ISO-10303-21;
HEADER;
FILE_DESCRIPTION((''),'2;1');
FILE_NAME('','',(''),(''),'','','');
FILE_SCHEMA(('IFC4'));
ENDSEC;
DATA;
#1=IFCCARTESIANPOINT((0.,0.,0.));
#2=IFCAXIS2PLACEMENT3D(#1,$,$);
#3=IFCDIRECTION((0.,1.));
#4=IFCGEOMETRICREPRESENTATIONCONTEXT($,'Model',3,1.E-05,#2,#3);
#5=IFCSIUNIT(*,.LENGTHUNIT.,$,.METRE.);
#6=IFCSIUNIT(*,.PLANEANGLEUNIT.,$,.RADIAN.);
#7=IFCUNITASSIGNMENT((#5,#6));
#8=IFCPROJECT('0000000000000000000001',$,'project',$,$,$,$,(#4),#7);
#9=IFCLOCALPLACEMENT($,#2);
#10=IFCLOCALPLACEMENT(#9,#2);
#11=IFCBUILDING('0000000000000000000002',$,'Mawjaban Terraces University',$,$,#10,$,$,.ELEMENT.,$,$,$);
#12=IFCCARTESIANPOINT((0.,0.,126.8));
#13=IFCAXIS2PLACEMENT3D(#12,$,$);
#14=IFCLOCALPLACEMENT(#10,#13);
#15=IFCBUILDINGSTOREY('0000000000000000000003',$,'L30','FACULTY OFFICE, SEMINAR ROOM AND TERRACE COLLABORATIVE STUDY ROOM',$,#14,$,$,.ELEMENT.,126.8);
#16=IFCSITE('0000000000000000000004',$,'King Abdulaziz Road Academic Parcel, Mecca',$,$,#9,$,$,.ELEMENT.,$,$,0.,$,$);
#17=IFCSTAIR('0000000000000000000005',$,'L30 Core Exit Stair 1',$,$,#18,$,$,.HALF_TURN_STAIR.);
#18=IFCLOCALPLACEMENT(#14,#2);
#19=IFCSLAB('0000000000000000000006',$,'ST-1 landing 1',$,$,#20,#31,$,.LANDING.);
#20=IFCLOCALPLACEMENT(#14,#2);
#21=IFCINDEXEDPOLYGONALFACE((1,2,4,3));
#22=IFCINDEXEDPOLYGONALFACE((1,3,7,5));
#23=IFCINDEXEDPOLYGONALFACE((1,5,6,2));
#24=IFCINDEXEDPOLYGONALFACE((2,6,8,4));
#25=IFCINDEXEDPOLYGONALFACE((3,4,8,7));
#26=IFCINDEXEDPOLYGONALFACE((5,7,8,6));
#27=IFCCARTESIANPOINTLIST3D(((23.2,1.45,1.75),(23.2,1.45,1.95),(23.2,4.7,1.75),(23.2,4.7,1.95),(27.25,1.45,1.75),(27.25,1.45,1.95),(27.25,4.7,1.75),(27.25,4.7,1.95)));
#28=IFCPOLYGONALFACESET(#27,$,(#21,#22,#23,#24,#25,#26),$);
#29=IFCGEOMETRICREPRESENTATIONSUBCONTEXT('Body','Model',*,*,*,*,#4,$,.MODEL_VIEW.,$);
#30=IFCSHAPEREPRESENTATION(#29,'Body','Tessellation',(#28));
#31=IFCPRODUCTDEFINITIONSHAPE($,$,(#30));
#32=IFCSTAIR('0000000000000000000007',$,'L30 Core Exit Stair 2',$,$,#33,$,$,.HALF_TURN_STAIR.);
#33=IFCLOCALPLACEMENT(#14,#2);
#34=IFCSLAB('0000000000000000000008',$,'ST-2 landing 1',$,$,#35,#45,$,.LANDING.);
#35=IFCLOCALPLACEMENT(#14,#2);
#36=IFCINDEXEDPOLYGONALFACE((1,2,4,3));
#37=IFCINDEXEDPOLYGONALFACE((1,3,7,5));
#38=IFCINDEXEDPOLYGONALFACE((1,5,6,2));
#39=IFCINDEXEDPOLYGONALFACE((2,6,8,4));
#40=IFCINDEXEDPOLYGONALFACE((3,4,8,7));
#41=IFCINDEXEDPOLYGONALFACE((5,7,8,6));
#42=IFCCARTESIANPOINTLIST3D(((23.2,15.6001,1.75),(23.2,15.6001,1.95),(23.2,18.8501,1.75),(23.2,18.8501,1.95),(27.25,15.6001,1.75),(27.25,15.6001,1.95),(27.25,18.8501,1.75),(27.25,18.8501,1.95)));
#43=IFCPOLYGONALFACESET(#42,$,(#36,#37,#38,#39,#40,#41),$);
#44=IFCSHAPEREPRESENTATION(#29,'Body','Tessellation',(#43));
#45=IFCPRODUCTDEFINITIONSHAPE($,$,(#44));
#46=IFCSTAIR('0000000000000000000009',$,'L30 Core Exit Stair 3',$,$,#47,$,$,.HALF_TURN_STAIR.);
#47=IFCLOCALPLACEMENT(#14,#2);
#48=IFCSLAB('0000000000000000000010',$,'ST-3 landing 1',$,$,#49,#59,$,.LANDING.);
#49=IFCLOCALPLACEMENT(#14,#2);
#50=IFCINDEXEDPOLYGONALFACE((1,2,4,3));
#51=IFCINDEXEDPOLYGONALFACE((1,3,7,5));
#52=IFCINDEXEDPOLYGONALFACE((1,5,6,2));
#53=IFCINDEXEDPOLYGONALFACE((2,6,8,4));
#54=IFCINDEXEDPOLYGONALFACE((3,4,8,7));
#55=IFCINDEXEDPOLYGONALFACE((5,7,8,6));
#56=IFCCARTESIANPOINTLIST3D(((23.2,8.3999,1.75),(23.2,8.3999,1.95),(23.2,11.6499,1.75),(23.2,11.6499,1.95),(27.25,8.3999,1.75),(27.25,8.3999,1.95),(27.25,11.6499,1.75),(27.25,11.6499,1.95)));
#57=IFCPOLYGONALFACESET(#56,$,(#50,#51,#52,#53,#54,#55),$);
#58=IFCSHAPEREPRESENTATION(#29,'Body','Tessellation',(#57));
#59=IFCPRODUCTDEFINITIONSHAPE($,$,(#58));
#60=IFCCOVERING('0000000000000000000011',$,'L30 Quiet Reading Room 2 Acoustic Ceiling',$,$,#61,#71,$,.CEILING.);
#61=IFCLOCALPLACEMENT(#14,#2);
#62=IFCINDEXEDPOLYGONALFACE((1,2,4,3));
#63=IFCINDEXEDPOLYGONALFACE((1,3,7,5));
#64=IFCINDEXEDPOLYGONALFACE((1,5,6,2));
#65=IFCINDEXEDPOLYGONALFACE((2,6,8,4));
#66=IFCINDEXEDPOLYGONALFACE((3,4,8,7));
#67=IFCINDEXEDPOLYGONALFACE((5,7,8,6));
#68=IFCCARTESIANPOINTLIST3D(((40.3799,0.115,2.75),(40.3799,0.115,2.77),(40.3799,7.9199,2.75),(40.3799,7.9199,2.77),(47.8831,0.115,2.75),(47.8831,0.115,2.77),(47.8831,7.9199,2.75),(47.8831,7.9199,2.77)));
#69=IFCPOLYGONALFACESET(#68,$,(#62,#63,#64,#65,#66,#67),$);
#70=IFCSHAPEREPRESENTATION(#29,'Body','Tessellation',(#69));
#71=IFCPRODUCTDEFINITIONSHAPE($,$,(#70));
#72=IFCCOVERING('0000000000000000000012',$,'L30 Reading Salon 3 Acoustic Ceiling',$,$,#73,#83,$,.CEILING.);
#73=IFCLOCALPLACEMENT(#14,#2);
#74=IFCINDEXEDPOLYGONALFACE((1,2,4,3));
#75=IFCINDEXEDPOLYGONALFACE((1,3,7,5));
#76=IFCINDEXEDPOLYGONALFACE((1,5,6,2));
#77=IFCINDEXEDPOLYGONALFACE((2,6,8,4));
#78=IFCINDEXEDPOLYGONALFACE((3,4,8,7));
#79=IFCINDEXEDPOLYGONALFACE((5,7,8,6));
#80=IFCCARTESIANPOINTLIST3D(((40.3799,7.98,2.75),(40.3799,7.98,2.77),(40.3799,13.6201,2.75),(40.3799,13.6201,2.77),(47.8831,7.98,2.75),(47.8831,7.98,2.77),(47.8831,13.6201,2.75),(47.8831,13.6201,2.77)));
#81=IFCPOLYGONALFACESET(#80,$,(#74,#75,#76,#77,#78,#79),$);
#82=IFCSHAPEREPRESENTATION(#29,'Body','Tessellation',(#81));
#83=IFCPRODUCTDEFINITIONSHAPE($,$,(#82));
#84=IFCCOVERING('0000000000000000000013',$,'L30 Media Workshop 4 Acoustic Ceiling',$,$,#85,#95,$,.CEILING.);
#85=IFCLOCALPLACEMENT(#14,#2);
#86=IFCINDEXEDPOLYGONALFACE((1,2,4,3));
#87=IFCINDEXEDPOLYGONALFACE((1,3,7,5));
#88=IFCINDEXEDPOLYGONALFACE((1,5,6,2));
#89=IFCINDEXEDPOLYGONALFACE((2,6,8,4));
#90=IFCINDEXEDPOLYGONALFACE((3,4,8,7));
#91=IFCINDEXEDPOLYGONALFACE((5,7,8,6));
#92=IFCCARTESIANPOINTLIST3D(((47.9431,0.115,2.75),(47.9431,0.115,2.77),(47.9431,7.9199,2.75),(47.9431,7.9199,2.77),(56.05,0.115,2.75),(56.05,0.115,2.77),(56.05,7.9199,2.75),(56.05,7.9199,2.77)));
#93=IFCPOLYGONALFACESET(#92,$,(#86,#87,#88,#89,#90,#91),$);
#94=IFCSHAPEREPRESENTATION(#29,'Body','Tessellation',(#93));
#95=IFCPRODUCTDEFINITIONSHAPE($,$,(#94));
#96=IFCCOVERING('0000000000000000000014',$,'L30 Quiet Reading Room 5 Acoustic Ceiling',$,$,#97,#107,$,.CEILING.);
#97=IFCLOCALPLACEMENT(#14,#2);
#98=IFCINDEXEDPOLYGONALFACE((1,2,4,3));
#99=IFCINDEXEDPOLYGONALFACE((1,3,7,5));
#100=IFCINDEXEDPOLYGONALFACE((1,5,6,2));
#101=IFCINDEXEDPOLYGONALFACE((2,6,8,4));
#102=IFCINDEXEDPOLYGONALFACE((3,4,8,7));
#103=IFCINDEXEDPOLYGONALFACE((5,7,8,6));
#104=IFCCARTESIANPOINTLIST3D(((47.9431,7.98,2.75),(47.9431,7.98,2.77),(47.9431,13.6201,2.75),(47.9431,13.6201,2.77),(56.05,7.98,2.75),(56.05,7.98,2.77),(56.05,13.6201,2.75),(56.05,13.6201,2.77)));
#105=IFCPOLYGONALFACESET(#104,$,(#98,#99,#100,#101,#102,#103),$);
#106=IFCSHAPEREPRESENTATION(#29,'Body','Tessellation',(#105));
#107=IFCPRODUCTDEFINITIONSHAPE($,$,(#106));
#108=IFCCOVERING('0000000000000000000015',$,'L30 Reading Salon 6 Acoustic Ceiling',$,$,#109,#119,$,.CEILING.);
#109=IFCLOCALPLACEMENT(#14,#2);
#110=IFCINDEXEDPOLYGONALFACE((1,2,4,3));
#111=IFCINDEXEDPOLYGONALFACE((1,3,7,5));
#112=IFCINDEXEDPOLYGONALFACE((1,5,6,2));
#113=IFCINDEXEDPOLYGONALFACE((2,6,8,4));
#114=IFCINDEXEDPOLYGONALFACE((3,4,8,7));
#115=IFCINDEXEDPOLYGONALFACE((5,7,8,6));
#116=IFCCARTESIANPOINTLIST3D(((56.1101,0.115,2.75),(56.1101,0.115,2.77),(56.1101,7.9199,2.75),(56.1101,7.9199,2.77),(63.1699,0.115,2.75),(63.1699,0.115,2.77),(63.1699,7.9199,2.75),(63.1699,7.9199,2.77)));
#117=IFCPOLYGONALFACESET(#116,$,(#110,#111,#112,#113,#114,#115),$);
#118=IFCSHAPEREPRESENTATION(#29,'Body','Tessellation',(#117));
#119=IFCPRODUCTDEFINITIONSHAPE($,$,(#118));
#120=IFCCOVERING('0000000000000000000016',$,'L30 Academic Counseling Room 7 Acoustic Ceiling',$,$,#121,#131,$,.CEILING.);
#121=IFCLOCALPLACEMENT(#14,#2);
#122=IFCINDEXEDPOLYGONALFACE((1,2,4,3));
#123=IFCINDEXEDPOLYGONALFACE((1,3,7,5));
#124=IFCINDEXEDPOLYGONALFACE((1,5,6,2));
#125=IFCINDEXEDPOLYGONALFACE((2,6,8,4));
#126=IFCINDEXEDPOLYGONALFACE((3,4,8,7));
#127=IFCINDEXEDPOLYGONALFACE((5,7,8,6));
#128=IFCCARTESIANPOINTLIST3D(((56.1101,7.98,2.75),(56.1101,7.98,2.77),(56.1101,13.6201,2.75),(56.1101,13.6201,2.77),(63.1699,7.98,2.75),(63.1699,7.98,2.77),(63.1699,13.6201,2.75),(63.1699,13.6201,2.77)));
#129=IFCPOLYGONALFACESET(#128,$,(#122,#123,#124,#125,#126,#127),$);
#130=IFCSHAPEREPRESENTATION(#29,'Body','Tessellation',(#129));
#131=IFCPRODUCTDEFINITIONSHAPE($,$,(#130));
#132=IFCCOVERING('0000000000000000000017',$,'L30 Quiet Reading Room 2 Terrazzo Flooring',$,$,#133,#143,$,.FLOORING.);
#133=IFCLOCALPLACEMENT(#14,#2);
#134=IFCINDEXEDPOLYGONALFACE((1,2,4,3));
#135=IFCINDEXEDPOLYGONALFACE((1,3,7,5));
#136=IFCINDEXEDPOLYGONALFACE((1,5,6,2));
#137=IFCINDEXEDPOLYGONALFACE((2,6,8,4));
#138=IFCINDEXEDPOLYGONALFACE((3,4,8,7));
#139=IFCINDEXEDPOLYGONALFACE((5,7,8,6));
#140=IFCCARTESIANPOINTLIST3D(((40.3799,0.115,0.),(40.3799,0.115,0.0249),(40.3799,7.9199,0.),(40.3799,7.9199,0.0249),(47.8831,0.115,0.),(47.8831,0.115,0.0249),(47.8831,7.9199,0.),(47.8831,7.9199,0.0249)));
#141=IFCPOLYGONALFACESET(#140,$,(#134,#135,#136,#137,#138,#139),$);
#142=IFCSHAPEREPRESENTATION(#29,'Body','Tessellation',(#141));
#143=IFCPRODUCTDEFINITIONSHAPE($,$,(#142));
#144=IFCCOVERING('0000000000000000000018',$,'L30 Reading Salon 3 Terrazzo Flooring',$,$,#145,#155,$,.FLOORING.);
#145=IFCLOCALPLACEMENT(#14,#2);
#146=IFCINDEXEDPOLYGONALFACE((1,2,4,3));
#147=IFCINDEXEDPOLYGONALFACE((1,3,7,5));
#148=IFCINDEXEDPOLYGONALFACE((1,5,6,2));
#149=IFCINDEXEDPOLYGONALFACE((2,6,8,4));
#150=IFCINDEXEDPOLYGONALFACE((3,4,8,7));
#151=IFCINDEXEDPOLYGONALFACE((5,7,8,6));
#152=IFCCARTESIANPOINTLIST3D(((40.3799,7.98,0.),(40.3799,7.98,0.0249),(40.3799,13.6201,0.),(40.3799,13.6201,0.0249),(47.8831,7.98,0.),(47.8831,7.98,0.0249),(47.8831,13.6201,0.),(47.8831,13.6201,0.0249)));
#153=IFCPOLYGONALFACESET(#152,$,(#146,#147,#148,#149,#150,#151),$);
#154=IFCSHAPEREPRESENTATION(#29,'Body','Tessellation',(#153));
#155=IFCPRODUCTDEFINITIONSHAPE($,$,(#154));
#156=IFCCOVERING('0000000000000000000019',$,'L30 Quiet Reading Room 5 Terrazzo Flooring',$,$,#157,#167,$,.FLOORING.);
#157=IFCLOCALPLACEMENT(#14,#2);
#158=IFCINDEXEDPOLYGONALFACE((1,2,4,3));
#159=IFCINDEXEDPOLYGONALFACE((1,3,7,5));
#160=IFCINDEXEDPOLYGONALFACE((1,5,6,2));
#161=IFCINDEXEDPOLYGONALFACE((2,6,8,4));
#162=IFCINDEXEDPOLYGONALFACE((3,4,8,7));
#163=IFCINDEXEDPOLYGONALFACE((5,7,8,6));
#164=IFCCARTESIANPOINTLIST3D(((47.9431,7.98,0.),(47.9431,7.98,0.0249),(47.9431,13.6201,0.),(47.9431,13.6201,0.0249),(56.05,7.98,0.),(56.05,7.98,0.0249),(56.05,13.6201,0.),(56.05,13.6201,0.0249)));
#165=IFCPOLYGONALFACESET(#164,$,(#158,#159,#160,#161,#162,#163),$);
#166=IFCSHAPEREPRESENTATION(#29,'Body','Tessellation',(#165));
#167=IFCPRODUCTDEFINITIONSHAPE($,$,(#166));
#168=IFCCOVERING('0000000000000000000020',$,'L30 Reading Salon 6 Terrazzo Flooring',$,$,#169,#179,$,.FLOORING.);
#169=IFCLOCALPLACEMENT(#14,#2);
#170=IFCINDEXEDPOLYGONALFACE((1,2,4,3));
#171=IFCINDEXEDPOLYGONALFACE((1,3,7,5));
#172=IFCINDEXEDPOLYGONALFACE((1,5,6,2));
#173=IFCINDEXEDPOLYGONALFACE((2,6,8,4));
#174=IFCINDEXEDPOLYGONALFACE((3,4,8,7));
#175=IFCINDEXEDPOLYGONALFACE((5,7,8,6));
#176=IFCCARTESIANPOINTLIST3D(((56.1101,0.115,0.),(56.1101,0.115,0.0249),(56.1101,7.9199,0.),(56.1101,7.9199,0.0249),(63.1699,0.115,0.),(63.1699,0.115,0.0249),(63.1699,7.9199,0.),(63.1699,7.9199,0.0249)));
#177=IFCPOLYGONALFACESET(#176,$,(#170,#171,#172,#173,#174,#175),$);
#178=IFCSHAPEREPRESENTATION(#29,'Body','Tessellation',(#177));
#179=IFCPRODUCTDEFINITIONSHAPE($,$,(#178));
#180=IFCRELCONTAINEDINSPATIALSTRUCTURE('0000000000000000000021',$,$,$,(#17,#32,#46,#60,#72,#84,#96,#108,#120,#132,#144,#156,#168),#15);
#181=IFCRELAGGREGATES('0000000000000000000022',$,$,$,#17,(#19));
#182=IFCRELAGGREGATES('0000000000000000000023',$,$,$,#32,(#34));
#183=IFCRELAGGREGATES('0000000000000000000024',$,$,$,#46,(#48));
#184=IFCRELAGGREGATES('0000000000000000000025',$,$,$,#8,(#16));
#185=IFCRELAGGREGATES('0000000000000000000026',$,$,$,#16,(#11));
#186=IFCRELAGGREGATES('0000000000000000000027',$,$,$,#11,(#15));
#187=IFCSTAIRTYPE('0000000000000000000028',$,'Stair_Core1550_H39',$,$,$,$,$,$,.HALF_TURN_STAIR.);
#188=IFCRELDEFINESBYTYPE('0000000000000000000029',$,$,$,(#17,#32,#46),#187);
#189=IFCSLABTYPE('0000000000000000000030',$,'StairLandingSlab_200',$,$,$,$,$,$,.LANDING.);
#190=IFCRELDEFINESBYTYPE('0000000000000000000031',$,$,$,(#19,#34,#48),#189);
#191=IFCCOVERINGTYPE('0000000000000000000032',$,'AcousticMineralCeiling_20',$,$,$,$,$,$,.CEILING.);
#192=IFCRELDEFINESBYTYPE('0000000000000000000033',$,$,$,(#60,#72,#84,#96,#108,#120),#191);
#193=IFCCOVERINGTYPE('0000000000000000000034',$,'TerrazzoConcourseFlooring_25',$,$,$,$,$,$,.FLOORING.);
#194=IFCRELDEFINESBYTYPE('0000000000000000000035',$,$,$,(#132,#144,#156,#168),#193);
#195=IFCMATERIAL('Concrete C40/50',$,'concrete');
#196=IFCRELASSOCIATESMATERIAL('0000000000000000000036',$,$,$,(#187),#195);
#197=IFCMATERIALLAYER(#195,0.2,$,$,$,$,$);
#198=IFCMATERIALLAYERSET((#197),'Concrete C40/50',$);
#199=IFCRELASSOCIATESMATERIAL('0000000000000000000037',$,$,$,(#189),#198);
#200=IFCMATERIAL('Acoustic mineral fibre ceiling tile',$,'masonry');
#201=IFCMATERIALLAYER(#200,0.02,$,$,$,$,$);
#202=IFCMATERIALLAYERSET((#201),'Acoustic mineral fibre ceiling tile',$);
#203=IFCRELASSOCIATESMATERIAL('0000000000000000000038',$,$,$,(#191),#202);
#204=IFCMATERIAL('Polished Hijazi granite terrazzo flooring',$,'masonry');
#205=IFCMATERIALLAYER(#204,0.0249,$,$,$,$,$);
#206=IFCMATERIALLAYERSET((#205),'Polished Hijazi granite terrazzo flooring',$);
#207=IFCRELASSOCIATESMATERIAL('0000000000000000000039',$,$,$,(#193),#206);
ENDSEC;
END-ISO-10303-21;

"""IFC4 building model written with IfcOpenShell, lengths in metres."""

from ifc_helpers import new_model, si_unit, direction, frame, origin, place, context, subcontext, project, spatial, polyline, outline, extrude, material, layer, layer_set, type_object, element, aggregate, save


model = new_model("IFC4")

# Units and contexts
model_context = context("Model", 3, precision=1e-05, world=origin(), true_north=direction((0.0, 1.0)))
body_context = subcontext(model_context, "Body", "Model", "MODEL_VIEW")
ifc_project = project(units=[si_unit("LENGTHUNIT", "METRE"), si_unit("PLANEANGLEUNIT", "RADIAN")], contexts=[model_context])

# Site, building, storey
site_placement = place(None, origin())
site = spatial("IfcSite", under=ifc_project, at=site_placement, Name="King Abdulaziz Road Academic Parcel, Mecca", CompositionType="ELEMENT", RefElevation=0.0)
building_placement = place(site_placement, origin())
building = spatial("IfcBuilding", under=site, at=building_placement, Name="Mawjaban Terraces University", CompositionType="ELEMENT")
storey_placement = place(building_placement, frame((0.0, 0.0, 126.8)))
storey = spatial("IfcBuildingStorey", under=building, at=storey_placement, Name="L30", Description="FACULTY OFFICE, SEMINAR ROOM AND TERRACE COLLABORATIVE STUDY ROOM", CompositionType="ELEMENT", Elevation=126.8)

# Shared definitions
ifc_material_1 = material(Name="Concrete C40/50", Category="concrete")

# Stairs, slabs
stair_type = type_object("IfcStairType", Name="Stair_Core1550_H39", PredefinedType="HALF_TURN_STAIR", material=ifc_material_1)
stair_1_placement = place(storey_placement, origin())
stair_1 = element("IfcStair", 1, at=stair_1_placement, inside=storey, type_object=stair_type, Name="L30 Core Exit Stair 1", PredefinedType="HALF_TURN_STAIR")
ifc_layer_1 = layer(ifc_material_1, 0.2)
ifc_layer_set_1 = layer_set([ifc_layer_1], Name="Concrete C40/50")
slab_type_1 = type_object("IfcSlabType", Name="StairLandingSlab_200", PredefinedType="LANDING", material=ifc_layer_set_1)
slab_1_placement = place(storey_placement, frame((0.0, 0.0, 1.75)))
slab_1 = element("IfcSlab", 2, at=slab_1_placement, type_object=slab_type_1, Name="ST-1 landing 1", PredefinedType="LANDING", context=body_context, shape_type="SweptSolid", body=[
    extrude(outline(polyline([(27.25, 4.7), (23.2, 4.7), (23.2, 1.45), (27.25, 1.45), (27.25, 4.7)])), origin(), (0.0, 0.0, 1.0), 0.2),
])
aggregate(stair_1, [slab_1])
stair_2_placement = place(storey_placement, origin())
stair_2 = element("IfcStair", 3, at=stair_2_placement, inside=storey, type_object=stair_type, Name="L30 Core Exit Stair 2", PredefinedType="HALF_TURN_STAIR")
slab_2_placement = place(storey_placement, frame((0.0, 0.0, 1.75)))
slab_2 = element("IfcSlab", 4, at=slab_2_placement, type_object=slab_type_1, Name="ST-2 landing 1", PredefinedType="LANDING", context=body_context, shape_type="SweptSolid", body=[
    extrude(outline(polyline([(27.25, 18.8501), (23.2, 18.8501), (23.2, 15.6001), (27.25, 15.6001), (27.25, 18.8501)])), origin(), (0.0, 0.0, 1.0), 0.2),
])
aggregate(stair_2, [slab_2])
stair_3_placement = place(storey_placement, origin())
stair_3 = element("IfcStair", 5, at=stair_3_placement, inside=storey, type_object=stair_type, Name="L30 Core Exit Stair 3", PredefinedType="HALF_TURN_STAIR")
slab_3_placement = place(storey_placement, frame((0.0, 0.0, 1.75)))
slab_3 = element("IfcSlab", 6, at=slab_3_placement, type_object=slab_type_1, Name="ST-3 landing 1", PredefinedType="LANDING", context=body_context, shape_type="SweptSolid", body=[
    extrude(outline(polyline([(27.25, 11.6499), (23.2, 11.6499), (23.2, 8.3999), (27.25, 8.3999), (27.25, 11.6499)])), origin(), (0.0, 0.0, 1.0), 0.2),
])
aggregate(stair_3, [slab_3])

# Coverings
ifc_material_2 = material(Name="Acoustic mineral fibre ceiling tile", Category="masonry")
ifc_layer_2 = layer(ifc_material_2, 0.02)
ifc_layer_set_2 = layer_set([ifc_layer_2], Name="Acoustic mineral fibre ceiling tile")
covering_type_1 = type_object("IfcCoveringType", Name="AcousticMineralCeiling_20", PredefinedType="CEILING", material=ifc_layer_set_2)
covering_1_placement = place(storey_placement, frame((0.0, 0.0, 2.75)))
element("IfcCovering", 7, at=covering_1_placement, inside=storey, type_object=covering_type_1, Name="L30 Quiet Reading Room 2 Acoustic Ceiling", PredefinedType="CEILING", context=body_context, shape_type="SweptSolid", body=[
    extrude(outline(polyline([(40.3799, 0.115), (47.8831, 0.115), (47.8831, 7.9199), (40.3799, 7.9199), (40.3799, 0.115)])), origin(), (0.0, 0.0, 1.0), 0.02),
])
covering_2_placement = place(storey_placement, frame((0.0, 0.0, 2.75)))
element("IfcCovering", 8, at=covering_2_placement, inside=storey, type_object=covering_type_1, Name="L30 Reading Salon 3 Acoustic Ceiling", PredefinedType="CEILING", context=body_context, shape_type="SweptSolid", body=[
    extrude(outline(polyline([(47.8831, 7.98), (47.8831, 13.6201), (40.3799, 13.6201), (40.3799, 7.98), (47.8831, 7.98)])), origin(), (0.0, 0.0, 1.0), 0.02),
])
covering_3_placement = place(storey_placement, frame((0.0, 0.0, 2.75)))
element("IfcCovering", 9, at=covering_3_placement, inside=storey, type_object=covering_type_1, Name="L30 Media Workshop 4 Acoustic Ceiling", PredefinedType="CEILING", context=body_context, shape_type="SweptSolid", body=[
    extrude(outline(polyline([(47.9431, 0.115), (56.05, 0.115), (56.05, 7.9199), (47.9431, 7.9199), (47.9431, 0.115)])), origin(), (0.0, 0.0, 1.0), 0.02),
])
covering_4_placement = place(storey_placement, frame((0.0, 0.0, 2.75)))
element("IfcCovering", 10, at=covering_4_placement, inside=storey, type_object=covering_type_1, Name="L30 Quiet Reading Room 5 Acoustic Ceiling", PredefinedType="CEILING", context=body_context, shape_type="SweptSolid", body=[
    extrude(outline(polyline([(56.05, 7.98), (56.05, 13.6201), (47.9431, 13.6201), (47.9431, 7.98), (56.05, 7.98)])), origin(), (0.0, 0.0, 1.0), 0.02),
])
covering_5_placement = place(storey_placement, frame((0.0, 0.0, 2.75)))
element("IfcCovering", 11, at=covering_5_placement, inside=storey, type_object=covering_type_1, Name="L30 Reading Salon 6 Acoustic Ceiling", PredefinedType="CEILING", context=body_context, shape_type="SweptSolid", body=[
    extrude(outline(polyline([(56.1101, 0.115), (63.1699, 0.115), (63.1699, 7.9199), (56.1101, 7.9199), (56.1101, 0.115)])), origin(), (0.0, 0.0, 1.0), 0.02),
])
covering_6_placement = place(storey_placement, frame((0.0, 0.0, 2.75)))
element("IfcCovering", 12, at=covering_6_placement, inside=storey, type_object=covering_type_1, Name="L30 Academic Counseling Room 7 Acoustic Ceiling", PredefinedType="CEILING", context=body_context, shape_type="SweptSolid", body=[
    extrude(outline(polyline([(63.1699, 7.98), (63.1699, 13.6201), (56.1101, 13.6201), (56.1101, 7.98), (63.1699, 7.98)])), origin(), (0.0, 0.0, 1.0), 0.02),
])
ifc_material_3 = material(Name="Polished Hijazi granite terrazzo flooring", Category="masonry")
ifc_layer_3 = layer(ifc_material_3, 0.0249)
ifc_layer_set_3 = layer_set([ifc_layer_3], Name="Polished Hijazi granite terrazzo flooring")
covering_type_2 = type_object("IfcCoveringType", Name="TerrazzoConcourseFlooring_25", PredefinedType="FLOORING", material=ifc_layer_set_3)
covering_7_placement = place(storey_placement, origin())
element("IfcCovering", 13, at=covering_7_placement, inside=storey, type_object=covering_type_2, Name="L30 Quiet Reading Room 2 Terrazzo Flooring", PredefinedType="FLOORING", context=body_context, shape_type="SweptSolid", body=[
    extrude(outline(polyline([(40.3799, 0.115), (47.8831, 0.115), (47.8831, 7.9199), (40.3799, 7.9199), (40.3799, 0.115)])), origin(), (0.0, 0.0, 1.0), 0.0249),
])
covering_8_placement = place(storey_placement, origin())
element("IfcCovering", 14, at=covering_8_placement, inside=storey, type_object=covering_type_2, Name="L30 Reading Salon 3 Terrazzo Flooring", PredefinedType="FLOORING", context=body_context, shape_type="SweptSolid", body=[
    extrude(outline(polyline([(47.8831, 7.98), (47.8831, 13.6201), (40.3799, 13.6201), (40.3799, 7.98), (47.8831, 7.98)])), origin(), (0.0, 0.0, 1.0), 0.0249),
])
covering_9_placement = place(storey_placement, origin())
element("IfcCovering", 15, at=covering_9_placement, inside=storey, type_object=covering_type_2, Name="L30 Quiet Reading Room 5 Terrazzo Flooring", PredefinedType="FLOORING", context=body_context, shape_type="SweptSolid", body=[
    extrude(outline(polyline([(56.05, 7.98), (56.05, 13.6201), (47.9431, 13.6201), (47.9431, 7.98), (56.05, 7.98)])), origin(), (0.0, 0.0, 1.0), 0.0249),
])
covering_10_placement = place(storey_placement, origin())
element("IfcCovering", 16, at=covering_10_placement, inside=storey, type_object=covering_type_2, Name="L30 Reading Salon 6 Terrazzo Flooring", PredefinedType="FLOORING", context=body_context, shape_type="SweptSolid", body=[
    extrude(outline(polyline([(56.1101, 0.115), (63.1699, 0.115), (63.1699, 7.9199), (56.1101, 7.9199), (56.1101, 0.115)])), origin(), (0.0, 0.0, 1.0), 0.0249),
])

save(model, "model.ifc")
